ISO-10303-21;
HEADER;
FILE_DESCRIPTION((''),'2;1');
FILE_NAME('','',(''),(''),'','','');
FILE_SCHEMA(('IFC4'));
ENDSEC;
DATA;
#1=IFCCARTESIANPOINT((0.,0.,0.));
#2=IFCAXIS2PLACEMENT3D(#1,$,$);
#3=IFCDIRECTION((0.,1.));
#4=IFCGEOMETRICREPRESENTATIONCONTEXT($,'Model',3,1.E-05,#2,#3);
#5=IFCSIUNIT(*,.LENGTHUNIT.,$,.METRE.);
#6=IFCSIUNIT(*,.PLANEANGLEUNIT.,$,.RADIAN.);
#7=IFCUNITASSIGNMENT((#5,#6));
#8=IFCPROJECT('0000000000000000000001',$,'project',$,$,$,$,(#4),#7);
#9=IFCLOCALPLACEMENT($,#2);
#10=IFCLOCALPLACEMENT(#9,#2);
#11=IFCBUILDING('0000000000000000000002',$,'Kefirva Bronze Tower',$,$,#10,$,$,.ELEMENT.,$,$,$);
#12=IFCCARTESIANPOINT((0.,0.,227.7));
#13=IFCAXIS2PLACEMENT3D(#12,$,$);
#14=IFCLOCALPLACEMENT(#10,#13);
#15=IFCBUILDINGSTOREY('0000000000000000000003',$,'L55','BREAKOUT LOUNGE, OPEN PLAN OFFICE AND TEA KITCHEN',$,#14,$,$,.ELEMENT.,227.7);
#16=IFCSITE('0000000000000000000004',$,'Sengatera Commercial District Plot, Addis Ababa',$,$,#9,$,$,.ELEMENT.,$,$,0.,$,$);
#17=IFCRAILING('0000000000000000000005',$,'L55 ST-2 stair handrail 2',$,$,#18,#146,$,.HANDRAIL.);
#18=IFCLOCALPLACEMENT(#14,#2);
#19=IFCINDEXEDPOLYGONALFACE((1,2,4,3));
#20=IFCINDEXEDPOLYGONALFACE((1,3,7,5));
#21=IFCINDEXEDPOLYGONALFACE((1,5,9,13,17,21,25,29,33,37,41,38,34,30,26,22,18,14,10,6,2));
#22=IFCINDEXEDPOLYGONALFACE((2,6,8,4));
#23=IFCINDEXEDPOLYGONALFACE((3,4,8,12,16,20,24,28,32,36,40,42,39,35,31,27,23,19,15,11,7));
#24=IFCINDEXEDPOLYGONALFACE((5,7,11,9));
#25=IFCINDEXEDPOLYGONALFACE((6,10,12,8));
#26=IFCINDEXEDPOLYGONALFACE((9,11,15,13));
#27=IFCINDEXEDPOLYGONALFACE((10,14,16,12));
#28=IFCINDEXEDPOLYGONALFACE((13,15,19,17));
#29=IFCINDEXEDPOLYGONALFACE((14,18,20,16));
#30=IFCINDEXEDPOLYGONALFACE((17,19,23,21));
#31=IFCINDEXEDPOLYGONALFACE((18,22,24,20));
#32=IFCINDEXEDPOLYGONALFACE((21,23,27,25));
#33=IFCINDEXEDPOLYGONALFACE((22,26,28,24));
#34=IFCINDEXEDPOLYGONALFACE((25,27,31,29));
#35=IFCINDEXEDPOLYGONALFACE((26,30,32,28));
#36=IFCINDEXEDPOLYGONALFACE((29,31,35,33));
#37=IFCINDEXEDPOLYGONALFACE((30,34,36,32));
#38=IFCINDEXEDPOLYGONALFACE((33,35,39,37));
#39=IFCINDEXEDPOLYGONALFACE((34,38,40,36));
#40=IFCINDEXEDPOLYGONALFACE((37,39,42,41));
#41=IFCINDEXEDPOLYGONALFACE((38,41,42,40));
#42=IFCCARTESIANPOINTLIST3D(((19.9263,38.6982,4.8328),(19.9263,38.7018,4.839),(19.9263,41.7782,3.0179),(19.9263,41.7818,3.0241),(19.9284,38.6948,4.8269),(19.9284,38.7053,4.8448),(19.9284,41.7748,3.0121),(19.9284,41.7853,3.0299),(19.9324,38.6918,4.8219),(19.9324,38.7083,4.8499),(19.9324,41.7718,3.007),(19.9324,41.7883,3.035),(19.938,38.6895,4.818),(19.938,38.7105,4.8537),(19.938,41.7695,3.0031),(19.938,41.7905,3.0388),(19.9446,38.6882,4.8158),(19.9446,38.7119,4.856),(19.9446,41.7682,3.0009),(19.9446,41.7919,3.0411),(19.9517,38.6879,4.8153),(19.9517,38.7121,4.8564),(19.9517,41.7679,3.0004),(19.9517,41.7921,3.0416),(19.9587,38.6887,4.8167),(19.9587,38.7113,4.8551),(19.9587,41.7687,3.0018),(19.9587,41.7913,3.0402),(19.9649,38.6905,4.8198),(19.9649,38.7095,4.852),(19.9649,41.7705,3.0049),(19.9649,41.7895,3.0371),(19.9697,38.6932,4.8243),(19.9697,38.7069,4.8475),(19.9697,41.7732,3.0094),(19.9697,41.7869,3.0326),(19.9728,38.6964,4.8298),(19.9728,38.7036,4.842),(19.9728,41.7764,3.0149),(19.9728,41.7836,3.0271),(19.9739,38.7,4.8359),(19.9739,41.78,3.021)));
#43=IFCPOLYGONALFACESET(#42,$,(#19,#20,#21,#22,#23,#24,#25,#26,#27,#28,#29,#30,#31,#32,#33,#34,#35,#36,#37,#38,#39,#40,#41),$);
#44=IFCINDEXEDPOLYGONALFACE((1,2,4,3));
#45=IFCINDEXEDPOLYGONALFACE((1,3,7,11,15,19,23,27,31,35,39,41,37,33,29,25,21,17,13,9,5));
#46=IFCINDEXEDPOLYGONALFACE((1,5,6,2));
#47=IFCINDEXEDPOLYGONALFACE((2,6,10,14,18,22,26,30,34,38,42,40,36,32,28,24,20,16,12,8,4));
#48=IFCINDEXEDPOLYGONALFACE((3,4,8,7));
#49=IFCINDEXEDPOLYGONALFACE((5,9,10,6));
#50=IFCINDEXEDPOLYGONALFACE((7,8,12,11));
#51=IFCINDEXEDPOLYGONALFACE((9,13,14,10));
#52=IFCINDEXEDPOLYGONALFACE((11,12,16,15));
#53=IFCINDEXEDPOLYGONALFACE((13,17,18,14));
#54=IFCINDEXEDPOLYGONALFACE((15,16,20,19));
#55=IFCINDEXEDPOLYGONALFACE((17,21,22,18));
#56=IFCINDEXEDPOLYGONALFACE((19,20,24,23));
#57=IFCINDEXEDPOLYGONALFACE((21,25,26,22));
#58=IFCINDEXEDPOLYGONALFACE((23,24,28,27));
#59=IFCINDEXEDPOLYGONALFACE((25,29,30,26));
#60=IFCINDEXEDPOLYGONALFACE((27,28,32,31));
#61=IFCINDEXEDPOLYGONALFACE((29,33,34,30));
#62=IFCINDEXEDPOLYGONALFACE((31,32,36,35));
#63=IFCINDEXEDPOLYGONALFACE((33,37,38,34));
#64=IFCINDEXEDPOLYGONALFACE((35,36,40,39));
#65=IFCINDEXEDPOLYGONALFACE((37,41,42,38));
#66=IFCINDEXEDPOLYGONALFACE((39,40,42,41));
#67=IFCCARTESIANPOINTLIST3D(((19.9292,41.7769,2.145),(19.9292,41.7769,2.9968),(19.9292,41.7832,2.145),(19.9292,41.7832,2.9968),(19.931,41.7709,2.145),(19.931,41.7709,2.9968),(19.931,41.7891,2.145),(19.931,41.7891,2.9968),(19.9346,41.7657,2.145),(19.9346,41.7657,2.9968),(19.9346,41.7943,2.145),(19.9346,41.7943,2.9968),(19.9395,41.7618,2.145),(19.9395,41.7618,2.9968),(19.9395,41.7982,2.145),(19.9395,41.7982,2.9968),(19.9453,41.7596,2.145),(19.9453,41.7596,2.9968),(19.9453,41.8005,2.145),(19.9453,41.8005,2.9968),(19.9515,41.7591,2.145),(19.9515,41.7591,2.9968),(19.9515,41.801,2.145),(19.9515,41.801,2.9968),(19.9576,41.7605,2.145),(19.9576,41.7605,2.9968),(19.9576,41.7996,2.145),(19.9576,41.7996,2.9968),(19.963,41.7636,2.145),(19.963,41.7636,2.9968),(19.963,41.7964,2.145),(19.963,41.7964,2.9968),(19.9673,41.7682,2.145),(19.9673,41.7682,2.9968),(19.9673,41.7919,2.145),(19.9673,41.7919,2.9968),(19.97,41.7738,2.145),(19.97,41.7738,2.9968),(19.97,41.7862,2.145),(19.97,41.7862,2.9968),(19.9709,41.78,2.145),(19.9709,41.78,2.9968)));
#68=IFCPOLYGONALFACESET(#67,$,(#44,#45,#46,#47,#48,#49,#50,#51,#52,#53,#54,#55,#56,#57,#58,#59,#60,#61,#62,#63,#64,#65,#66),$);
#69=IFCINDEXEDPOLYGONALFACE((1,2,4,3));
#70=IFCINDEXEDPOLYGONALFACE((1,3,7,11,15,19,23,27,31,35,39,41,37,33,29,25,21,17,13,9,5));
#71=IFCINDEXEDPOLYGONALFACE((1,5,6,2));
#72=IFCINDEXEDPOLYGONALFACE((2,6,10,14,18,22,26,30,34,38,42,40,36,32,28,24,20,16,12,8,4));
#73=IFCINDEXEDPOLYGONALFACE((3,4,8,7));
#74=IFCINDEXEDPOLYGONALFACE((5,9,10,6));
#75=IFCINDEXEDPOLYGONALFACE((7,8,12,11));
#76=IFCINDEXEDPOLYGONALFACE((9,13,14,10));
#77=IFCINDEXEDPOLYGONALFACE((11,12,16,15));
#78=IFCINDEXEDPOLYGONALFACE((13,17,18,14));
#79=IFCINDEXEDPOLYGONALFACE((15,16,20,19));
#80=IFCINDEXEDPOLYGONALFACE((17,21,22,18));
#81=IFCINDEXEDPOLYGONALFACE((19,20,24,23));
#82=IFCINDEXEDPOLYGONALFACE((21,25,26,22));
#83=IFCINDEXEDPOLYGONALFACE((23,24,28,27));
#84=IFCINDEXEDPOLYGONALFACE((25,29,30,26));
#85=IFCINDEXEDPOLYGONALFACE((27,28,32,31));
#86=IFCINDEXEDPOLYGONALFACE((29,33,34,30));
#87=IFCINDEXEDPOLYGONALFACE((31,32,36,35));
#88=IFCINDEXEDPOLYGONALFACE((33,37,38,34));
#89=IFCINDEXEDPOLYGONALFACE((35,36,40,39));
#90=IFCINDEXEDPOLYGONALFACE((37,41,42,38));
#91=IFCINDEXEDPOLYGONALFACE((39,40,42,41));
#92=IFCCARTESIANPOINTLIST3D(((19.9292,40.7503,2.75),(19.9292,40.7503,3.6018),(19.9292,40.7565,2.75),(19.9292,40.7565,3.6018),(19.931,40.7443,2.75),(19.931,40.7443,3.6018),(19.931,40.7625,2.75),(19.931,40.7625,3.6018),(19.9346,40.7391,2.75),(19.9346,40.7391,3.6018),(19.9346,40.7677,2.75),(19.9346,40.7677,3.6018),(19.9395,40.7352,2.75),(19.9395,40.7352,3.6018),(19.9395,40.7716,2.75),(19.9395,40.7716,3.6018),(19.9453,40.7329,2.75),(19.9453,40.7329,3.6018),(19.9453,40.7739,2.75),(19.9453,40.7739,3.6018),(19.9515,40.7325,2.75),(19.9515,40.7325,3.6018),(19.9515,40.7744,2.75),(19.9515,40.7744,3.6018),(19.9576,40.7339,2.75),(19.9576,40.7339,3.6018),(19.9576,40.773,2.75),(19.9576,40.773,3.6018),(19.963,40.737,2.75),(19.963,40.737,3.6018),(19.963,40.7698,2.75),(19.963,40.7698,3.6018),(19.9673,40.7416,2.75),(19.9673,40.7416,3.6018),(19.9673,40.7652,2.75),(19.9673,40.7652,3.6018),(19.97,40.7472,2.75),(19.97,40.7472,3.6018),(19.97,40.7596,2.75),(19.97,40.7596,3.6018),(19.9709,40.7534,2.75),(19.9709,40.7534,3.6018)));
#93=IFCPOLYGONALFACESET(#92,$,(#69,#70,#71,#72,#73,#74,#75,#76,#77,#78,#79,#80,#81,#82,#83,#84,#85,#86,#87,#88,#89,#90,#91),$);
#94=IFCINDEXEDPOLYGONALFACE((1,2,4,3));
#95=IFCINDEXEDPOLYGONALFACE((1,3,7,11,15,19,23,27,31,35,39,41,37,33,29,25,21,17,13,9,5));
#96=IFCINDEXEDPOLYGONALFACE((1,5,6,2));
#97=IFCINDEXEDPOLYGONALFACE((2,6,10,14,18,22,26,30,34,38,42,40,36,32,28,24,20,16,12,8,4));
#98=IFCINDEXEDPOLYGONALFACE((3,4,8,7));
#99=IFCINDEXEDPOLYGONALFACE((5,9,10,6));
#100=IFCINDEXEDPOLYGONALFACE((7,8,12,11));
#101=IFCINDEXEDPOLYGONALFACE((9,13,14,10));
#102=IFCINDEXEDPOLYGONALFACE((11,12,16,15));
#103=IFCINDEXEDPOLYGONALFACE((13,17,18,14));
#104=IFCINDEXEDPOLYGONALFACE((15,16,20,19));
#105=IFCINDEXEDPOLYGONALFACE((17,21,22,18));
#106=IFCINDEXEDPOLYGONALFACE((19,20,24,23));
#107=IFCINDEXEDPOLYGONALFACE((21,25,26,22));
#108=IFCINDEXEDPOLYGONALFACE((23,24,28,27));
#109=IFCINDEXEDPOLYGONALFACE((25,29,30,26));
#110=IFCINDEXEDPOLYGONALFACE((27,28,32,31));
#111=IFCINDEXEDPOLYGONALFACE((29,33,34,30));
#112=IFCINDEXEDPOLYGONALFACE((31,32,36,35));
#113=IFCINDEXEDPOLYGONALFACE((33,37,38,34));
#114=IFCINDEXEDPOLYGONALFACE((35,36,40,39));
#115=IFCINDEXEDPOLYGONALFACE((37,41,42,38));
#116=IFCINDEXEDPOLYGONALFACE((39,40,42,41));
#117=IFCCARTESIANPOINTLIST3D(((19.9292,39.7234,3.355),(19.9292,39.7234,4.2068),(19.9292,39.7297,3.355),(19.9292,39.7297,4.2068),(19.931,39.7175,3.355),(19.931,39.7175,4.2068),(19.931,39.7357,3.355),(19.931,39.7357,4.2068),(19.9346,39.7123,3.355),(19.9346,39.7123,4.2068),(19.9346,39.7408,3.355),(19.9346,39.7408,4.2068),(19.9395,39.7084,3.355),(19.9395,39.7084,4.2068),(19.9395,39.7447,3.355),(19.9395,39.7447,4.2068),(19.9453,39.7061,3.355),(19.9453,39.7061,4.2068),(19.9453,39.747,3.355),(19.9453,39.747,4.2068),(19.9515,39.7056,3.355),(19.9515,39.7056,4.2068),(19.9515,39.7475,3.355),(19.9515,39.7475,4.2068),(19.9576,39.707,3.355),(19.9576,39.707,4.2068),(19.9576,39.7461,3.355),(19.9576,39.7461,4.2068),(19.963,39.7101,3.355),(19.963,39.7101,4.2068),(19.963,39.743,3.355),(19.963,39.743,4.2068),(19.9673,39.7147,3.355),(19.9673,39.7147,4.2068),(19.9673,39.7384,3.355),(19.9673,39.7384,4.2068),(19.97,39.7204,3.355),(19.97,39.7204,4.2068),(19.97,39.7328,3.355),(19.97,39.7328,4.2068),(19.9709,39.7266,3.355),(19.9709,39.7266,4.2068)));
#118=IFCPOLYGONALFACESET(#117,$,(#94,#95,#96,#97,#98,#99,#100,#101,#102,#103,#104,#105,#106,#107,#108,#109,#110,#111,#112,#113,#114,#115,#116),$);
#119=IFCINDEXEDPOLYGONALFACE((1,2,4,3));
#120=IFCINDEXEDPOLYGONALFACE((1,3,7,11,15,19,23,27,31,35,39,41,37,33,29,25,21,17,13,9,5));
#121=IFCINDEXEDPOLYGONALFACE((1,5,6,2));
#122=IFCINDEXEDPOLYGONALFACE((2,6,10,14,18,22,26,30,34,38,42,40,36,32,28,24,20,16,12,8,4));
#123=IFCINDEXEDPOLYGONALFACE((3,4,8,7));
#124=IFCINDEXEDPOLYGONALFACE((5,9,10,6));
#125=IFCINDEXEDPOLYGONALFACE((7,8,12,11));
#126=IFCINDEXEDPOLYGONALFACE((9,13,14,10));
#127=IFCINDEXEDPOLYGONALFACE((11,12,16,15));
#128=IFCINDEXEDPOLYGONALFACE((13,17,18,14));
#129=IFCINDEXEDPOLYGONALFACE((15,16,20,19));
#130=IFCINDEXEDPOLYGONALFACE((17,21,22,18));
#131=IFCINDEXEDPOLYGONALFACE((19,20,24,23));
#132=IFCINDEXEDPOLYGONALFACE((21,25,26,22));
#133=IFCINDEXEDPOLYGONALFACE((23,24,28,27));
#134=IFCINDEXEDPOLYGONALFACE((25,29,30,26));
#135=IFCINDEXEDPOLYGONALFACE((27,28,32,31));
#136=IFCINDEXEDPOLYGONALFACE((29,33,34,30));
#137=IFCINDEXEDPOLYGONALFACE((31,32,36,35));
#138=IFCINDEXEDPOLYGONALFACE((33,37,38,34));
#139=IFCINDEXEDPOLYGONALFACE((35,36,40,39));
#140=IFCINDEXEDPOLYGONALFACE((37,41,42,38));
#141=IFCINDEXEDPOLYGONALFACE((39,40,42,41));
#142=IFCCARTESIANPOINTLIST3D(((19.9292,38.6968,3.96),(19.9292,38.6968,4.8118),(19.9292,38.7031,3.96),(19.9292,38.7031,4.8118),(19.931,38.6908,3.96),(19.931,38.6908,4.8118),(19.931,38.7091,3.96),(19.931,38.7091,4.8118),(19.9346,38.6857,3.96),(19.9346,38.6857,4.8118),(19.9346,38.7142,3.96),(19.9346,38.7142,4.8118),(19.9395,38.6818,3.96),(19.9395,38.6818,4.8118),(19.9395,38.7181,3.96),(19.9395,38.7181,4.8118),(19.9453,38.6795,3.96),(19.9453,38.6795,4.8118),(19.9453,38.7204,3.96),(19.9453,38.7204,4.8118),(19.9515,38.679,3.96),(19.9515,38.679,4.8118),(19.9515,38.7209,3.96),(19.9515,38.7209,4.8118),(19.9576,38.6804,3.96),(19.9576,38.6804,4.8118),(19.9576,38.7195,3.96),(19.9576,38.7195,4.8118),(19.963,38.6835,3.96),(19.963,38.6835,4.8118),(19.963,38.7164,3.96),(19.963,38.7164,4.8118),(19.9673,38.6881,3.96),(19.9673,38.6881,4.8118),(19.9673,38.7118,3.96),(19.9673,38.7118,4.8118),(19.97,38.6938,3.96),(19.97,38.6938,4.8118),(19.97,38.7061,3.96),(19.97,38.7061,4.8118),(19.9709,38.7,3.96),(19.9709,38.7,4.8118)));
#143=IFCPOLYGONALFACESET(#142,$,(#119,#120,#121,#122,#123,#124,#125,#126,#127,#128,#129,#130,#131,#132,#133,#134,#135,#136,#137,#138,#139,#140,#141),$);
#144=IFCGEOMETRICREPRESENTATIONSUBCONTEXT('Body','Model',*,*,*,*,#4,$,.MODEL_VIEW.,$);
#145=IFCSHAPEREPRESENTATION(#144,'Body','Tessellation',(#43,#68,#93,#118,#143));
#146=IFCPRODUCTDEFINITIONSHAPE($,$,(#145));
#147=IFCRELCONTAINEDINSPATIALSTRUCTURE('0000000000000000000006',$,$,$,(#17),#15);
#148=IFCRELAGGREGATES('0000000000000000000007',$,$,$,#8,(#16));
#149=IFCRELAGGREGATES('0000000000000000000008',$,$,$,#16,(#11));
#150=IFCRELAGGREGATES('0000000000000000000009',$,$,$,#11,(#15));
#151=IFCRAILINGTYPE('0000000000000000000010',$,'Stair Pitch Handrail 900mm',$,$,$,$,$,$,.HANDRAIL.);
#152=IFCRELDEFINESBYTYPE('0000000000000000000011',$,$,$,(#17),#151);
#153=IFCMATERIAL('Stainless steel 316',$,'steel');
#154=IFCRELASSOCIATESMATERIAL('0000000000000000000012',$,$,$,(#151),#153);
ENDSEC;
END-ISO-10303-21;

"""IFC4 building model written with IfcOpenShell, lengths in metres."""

from ifc_helpers import new_model, si_unit, direction, frame, origin, origin_2d, place, context, subcontext, project, spatial, circle, extrude, material, type_object, element, save


model = new_model("IFC4")

# Units and contexts
model_context = context("Model", 3, precision=1e-05, world=origin(), true_north=direction((0.0, 1.0)))
body_context = subcontext(model_context, "Body", "Model", "MODEL_VIEW")
ifc_project = project(units=[si_unit("LENGTHUNIT", "METRE"), si_unit("PLANEANGLEUNIT", "RADIAN")], contexts=[model_context])

# Site, building, storey
site_placement = place(None, origin())
site = spatial("IfcSite", under=ifc_project, at=site_placement, Name="Sengatera Commercial District Plot, Addis Ababa", CompositionType="ELEMENT", RefElevation=0.0)
building_placement = place(site_placement, origin())
building = spatial("IfcBuilding", under=site, at=building_placement, Name="Kefirva Bronze Tower", CompositionType="ELEMENT")
storey_placement = place(building_placement, frame((0.0, 0.0, 227.7)))
storey = spatial("IfcBuildingStorey", under=building, at=storey_placement, Name="L55", Description="BREAKOUT LOUNGE, OPEN PLAN OFFICE AND TEA KITCHEN", CompositionType="ELEMENT", Elevation=227.7)

# Railing
ifc_material_1 = material(Name="Stainless steel 316", Category="steel")
railing_type_1 = type_object("IfcRailingType", Name="Stair Pitch Handrail 900mm", PredefinedType="HANDRAIL", material=ifc_material_1)
railing_1_placement = place(storey_placement, frame((19.95, 41.78, 2.145)))
element("IfcRailing", 1, at=railing_1_placement, inside=storey, type_object=railing_type_1, Name="L55 ST-2 stair handrail 2", PredefinedType="HANDRAIL", context=body_context, shape_type="SweptSolid", body=[
    extrude(circle(Radius=0.0239, at=origin_2d()), frame((0.0, 0.0, 0.876), z_axis=(0.0, -0.861551, 0.507671), x_axis=(1.0, 0.0, 0.0)), (0.0, 0.0, 1.0), 3.575),
    extrude(circle(Radius=0.021, at=origin_2d()), origin(), (0.0, 0.0, 1.0), 0.8518),
    extrude(circle(Radius=0.021, at=origin_2d()), frame((0.0, -1.0266, 0.605)), (0.0, 0.0, 1.0), 0.8518),
    extrude(circle(Radius=0.021, at=origin_2d()), frame((0.0, -2.0535, 1.21)), (0.0, 0.0, 1.0), 0.8518),
    extrude(circle(Radius=0.021, at=origin_2d()), frame((0.0, -3.0801, 1.8149)), (0.0, 0.0, 1.0), 0.8518),
])

save(model, "model.ifc")
